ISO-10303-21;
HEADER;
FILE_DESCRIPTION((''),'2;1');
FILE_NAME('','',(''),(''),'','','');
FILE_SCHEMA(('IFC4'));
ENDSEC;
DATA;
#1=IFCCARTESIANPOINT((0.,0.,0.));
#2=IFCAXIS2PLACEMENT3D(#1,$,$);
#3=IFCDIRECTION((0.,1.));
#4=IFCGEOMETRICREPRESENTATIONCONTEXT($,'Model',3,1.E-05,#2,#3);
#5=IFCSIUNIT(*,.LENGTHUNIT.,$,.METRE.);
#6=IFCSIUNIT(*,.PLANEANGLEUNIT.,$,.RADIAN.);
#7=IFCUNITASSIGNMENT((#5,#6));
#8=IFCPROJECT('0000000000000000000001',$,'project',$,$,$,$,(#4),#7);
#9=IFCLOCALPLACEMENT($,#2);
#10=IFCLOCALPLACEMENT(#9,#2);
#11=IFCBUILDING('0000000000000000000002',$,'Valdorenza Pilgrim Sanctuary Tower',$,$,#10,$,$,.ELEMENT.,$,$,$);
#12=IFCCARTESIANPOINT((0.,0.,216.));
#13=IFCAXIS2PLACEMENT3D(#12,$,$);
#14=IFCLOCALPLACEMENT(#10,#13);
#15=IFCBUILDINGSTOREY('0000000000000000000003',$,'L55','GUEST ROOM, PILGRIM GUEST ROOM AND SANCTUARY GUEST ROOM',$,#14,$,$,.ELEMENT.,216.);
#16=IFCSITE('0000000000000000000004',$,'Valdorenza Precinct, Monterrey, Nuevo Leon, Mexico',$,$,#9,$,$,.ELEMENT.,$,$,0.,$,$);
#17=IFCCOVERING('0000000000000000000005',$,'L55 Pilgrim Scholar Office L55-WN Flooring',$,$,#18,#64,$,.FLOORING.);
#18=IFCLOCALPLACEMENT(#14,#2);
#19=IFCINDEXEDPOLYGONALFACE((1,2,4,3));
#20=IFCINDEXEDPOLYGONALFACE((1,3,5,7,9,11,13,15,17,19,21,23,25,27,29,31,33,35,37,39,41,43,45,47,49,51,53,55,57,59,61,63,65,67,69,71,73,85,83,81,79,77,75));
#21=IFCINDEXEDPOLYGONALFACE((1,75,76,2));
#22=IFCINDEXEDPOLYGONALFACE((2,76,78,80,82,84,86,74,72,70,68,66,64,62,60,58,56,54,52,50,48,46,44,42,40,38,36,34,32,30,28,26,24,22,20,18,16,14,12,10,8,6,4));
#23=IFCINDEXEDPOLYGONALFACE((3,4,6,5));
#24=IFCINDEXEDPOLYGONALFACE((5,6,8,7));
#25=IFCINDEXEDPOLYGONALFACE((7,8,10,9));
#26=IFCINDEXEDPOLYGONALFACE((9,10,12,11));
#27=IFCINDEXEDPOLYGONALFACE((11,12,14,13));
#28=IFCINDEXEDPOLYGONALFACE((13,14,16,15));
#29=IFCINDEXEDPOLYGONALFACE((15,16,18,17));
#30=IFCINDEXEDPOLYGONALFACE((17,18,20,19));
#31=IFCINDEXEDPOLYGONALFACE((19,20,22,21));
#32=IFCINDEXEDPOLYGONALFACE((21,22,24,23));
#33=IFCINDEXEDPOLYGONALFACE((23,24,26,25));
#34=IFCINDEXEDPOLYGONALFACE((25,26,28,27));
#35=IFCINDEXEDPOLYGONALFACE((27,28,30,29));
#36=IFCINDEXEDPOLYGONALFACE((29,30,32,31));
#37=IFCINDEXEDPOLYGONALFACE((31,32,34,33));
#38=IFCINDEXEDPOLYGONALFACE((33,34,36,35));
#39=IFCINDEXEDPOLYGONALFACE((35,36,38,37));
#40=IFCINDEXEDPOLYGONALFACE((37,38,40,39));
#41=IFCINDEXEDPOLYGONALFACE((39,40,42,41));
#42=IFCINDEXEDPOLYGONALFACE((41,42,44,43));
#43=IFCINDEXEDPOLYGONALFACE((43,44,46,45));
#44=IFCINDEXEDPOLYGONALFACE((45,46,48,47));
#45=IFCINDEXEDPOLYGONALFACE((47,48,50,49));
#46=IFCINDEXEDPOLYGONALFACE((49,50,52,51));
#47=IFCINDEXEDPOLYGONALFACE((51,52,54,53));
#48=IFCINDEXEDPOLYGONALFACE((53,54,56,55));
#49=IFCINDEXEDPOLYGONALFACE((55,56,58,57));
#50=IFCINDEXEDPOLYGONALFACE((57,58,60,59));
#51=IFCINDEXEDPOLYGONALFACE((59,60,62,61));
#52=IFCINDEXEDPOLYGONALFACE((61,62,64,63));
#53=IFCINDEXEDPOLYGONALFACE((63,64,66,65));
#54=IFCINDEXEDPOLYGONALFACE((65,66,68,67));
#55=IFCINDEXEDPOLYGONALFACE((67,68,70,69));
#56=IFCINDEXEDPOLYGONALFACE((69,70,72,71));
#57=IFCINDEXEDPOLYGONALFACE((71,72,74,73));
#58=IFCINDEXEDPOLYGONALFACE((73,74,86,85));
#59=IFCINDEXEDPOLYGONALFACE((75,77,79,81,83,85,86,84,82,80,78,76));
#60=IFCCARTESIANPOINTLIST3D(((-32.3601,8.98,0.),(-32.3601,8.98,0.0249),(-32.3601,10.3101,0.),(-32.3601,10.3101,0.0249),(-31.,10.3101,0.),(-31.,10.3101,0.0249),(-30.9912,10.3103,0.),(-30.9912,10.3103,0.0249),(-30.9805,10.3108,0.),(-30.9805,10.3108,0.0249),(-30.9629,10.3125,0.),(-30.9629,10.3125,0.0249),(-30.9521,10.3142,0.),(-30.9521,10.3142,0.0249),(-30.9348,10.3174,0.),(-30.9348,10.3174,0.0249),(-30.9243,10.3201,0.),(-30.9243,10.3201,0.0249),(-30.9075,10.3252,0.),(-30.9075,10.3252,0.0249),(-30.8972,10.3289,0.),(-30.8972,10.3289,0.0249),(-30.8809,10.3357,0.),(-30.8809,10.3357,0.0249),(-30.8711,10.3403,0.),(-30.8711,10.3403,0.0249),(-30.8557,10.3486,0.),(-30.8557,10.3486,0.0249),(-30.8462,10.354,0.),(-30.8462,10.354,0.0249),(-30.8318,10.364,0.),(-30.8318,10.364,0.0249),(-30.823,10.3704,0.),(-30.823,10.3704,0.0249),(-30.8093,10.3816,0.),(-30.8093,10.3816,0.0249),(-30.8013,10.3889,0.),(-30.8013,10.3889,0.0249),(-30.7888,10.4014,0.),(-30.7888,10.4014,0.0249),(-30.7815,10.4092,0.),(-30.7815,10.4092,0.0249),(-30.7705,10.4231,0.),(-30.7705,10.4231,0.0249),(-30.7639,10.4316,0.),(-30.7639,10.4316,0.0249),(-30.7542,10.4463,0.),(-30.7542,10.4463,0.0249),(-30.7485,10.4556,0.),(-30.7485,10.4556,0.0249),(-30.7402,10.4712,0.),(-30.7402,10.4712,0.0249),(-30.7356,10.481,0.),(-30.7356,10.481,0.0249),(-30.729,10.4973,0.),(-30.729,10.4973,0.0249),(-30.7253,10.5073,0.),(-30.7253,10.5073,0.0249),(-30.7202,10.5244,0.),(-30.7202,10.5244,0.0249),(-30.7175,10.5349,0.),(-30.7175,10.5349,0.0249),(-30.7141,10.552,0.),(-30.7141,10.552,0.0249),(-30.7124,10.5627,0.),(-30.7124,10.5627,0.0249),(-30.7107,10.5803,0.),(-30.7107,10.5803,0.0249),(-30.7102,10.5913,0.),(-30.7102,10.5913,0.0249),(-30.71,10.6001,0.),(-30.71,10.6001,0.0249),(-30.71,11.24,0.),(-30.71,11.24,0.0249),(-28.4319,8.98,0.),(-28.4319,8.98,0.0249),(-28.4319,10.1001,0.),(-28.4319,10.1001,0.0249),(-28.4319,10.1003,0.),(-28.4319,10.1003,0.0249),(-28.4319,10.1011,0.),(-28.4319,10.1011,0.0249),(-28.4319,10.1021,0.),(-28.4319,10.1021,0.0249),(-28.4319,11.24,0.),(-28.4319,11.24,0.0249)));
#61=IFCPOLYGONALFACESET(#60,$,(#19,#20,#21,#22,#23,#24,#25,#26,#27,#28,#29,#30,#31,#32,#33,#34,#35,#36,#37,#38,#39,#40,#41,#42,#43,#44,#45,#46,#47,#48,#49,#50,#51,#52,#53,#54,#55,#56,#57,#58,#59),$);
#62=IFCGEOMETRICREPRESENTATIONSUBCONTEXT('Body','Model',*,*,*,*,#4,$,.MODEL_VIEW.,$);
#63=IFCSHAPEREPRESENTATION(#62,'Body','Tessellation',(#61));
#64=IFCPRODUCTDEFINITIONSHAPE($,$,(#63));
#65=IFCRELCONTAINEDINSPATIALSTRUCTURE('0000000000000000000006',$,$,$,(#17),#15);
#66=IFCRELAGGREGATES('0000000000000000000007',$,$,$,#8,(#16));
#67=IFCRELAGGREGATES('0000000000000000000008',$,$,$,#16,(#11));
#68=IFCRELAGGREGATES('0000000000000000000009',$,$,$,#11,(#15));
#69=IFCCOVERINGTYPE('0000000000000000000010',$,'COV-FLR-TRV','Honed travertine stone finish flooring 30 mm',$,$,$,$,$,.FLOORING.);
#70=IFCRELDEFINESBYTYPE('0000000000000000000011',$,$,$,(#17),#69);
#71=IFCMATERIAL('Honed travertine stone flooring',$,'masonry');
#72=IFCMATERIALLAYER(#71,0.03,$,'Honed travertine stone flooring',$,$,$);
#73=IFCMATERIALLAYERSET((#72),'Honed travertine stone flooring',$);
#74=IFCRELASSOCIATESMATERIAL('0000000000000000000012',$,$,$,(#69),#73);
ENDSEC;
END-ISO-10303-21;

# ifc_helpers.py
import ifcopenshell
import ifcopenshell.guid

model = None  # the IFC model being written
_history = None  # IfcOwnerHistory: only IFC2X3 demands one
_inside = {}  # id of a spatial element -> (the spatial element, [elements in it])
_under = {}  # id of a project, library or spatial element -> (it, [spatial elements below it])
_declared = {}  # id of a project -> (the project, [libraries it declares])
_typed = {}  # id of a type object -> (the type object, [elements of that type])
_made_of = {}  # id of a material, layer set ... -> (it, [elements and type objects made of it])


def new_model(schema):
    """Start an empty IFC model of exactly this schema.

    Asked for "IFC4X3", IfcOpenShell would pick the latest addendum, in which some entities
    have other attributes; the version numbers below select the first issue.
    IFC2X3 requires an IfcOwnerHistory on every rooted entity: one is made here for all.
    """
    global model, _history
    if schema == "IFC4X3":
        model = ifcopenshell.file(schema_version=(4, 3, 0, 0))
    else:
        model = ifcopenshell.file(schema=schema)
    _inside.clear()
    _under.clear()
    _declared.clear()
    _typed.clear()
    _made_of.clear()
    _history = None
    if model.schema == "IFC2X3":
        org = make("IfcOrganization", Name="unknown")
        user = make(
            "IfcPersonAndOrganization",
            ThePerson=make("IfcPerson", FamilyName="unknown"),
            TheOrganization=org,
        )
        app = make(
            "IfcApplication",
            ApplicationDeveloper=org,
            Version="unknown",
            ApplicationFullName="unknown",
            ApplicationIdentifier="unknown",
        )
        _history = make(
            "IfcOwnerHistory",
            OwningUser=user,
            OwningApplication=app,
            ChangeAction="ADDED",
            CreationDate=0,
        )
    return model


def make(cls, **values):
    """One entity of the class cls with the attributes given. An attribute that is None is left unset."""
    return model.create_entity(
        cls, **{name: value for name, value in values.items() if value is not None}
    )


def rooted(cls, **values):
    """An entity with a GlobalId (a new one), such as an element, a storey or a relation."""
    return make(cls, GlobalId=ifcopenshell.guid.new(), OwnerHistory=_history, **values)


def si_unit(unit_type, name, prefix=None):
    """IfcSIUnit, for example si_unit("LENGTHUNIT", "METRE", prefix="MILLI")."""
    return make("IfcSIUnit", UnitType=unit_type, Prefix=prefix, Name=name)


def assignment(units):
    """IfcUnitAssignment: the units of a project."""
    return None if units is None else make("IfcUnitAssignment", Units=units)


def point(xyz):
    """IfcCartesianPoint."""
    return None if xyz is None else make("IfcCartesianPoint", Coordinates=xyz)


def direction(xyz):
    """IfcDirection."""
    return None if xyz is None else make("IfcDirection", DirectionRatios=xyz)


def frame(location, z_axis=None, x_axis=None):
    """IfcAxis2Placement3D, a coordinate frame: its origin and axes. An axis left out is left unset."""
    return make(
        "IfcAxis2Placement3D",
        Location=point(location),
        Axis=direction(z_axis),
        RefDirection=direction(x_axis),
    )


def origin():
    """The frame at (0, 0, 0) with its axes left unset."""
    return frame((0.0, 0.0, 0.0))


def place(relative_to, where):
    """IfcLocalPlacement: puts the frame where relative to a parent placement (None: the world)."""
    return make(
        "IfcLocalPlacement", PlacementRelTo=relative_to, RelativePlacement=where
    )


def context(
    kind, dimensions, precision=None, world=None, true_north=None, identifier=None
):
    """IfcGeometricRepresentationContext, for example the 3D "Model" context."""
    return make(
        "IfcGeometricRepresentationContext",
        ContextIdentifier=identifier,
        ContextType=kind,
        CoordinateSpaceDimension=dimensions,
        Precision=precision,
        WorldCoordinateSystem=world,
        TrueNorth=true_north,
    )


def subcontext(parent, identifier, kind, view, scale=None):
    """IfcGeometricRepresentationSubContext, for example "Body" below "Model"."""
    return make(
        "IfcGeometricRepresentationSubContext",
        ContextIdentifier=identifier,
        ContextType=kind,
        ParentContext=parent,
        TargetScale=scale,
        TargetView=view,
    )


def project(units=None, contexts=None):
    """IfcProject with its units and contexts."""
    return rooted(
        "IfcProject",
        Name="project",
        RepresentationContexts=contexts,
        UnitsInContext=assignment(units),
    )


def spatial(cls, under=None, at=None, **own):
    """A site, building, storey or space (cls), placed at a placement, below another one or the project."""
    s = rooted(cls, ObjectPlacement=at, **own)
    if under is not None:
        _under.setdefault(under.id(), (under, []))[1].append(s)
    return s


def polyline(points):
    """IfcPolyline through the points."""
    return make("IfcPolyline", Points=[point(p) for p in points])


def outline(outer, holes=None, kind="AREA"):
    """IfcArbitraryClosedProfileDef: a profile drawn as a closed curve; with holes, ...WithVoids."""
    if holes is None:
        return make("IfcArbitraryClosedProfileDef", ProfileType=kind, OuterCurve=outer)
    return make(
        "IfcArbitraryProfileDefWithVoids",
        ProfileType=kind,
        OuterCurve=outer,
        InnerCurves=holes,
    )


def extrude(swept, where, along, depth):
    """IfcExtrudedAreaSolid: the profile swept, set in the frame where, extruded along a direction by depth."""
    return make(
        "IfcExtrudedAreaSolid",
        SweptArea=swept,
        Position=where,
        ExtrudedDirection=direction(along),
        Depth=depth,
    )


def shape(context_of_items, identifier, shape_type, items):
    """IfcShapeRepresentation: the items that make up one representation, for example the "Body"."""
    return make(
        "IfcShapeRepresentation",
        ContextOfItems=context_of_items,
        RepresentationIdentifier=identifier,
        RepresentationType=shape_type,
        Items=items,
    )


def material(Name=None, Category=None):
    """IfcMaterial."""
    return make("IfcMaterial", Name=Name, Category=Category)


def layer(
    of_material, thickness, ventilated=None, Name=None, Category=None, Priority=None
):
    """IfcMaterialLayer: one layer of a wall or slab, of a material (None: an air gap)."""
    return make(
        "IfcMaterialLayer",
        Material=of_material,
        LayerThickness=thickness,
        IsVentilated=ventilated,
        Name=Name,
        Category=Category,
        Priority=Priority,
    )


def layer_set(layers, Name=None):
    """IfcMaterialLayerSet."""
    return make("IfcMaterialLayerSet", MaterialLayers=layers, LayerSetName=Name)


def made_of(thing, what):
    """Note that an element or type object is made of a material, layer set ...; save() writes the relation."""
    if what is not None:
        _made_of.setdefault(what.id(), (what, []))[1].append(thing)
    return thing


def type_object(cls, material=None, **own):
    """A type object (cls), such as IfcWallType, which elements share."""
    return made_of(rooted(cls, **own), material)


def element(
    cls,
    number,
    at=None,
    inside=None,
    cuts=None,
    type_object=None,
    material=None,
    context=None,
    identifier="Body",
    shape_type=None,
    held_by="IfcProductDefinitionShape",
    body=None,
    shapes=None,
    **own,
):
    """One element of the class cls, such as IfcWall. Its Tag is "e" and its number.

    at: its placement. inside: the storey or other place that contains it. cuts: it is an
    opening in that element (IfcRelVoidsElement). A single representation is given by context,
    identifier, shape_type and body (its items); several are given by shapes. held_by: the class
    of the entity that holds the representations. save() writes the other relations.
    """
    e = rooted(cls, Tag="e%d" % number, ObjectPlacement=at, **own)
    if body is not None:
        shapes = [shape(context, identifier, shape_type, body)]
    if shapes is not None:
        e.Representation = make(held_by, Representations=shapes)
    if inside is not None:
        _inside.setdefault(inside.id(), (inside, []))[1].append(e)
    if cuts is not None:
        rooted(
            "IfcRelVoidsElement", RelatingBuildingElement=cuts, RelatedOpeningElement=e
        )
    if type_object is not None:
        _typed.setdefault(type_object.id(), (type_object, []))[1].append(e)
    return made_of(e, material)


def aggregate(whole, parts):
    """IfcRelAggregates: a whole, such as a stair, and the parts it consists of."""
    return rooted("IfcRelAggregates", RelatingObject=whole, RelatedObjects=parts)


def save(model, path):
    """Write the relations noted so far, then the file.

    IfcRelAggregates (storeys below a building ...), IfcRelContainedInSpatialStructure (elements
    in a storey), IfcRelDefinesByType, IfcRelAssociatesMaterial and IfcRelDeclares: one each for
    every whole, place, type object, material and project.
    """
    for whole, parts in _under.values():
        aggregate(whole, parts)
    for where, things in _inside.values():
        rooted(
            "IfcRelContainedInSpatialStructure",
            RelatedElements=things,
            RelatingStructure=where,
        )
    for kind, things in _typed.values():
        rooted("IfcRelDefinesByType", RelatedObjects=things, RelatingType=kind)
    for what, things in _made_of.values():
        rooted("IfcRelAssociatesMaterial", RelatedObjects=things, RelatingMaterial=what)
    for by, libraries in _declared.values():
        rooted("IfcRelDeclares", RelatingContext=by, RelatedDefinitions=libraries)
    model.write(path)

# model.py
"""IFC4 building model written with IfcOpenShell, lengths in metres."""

from ifc_helpers import new_model, si_unit, direction, frame, origin, place, context, subcontext, project, spatial, polyline, outline, extrude, material, layer, layer_set, type_object, element, save


model = new_model("IFC4")

# Units and contexts
model_context = context("Model", 3, precision=1e-05, world=origin(), true_north=direction((0.0, 1.0)))
body_context = subcontext(model_context, "Body", "Model", "MODEL_VIEW")
ifc_project = project(units=[si_unit("LENGTHUNIT", "METRE"), si_unit("PLANEANGLEUNIT", "RADIAN")], contexts=[model_context])

# Site, building, storey
site_placement = place(None, origin())
site = spatial("IfcSite", under=ifc_project, at=site_placement, Name="Valdorenza Precinct, Monterrey, Nuevo Leon, Mexico", CompositionType="ELEMENT", RefElevation=0.0)
building_placement = place(site_placement, origin())
building = spatial("IfcBuilding", under=site, at=building_placement, Name="Valdorenza Pilgrim Sanctuary Tower", CompositionType="ELEMENT")
storey_placement = place(building_placement, frame((0.0, 0.0, 216.0)))
storey = spatial("IfcBuildingStorey", under=building, at=storey_placement, Name="L55", Description="GUEST ROOM, PILGRIM GUEST ROOM AND SANCTUARY GUEST ROOM", CompositionType="ELEMENT", Elevation=216.0)

# Covering
ifc_material_1 = material(Name="Honed travertine stone flooring", Category="masonry")
ifc_layer_1 = layer(ifc_material_1, 0.03, Name="Honed travertine stone flooring")
ifc_layer_set_1 = layer_set([ifc_layer_1], Name="Honed travertine stone flooring")
covering_type_1 = type_object("IfcCoveringType", Name="COV-FLR-TRV", Description="Honed travertine stone finish flooring 30 mm", PredefinedType="FLOORING", material=ifc_layer_set_1)
covering_1_placement = place(storey_placement, origin())
element("IfcCovering", 1, at=covering_1_placement, inside=storey, type_object=covering_type_1, Name="L55 Pilgrim Scholar Office L55-WN Flooring", PredefinedType="FLOORING", context=body_context, shape_type="SweptSolid", body=[
    extrude(outline(polyline([(-28.4319, 11.24), (-28.4319, 10.1021), (-28.4319, 10.1011), (-28.4319, 10.1003), (-28.4319, 10.1001), (-28.4319, 8.98), (-32.3601, 8.98), (-32.3601, 10.3101), (-31.0, 10.3101), (-30.9912, 10.3103), (-30.9805, 10.3108), (-30.9629, 10.3125), (-30.9521, 10.3142), (-30.9348, 10.3174), (-30.9243, 10.3201), (-30.9075, 10.3252), (-30.8972, 10.3289), (-30.8809, 10.3357), (-30.8711, 10.3403), (-30.8557, 10.3486), (-30.8462, 10.354), (-30.8318, 10.364), (-30.823, 10.3704), (-30.8093, 10.3816), (-30.8013, 10.3889), (-30.7888, 10.4014), (-30.7815, 10.4092), (-30.7705, 10.4231), (-30.7639, 10.4316), (-30.7542, 10.4463), (-30.7485, 10.4556), (-30.7402, 10.4712), (-30.7356, 10.481), (-30.729, 10.4973), (-30.7253, 10.5073), (-30.7202, 10.5244), (-30.7175, 10.5349), (-30.7141, 10.552), (-30.7124, 10.5627), (-30.7107, 10.5803), (-30.7102, 10.5913), (-30.71, 10.6001), (-30.71, 11.24), (-28.4319, 11.24)])), origin(), (0.0, 0.0, 1.0), 0.0249),
])

save(model, "model.ifc")
